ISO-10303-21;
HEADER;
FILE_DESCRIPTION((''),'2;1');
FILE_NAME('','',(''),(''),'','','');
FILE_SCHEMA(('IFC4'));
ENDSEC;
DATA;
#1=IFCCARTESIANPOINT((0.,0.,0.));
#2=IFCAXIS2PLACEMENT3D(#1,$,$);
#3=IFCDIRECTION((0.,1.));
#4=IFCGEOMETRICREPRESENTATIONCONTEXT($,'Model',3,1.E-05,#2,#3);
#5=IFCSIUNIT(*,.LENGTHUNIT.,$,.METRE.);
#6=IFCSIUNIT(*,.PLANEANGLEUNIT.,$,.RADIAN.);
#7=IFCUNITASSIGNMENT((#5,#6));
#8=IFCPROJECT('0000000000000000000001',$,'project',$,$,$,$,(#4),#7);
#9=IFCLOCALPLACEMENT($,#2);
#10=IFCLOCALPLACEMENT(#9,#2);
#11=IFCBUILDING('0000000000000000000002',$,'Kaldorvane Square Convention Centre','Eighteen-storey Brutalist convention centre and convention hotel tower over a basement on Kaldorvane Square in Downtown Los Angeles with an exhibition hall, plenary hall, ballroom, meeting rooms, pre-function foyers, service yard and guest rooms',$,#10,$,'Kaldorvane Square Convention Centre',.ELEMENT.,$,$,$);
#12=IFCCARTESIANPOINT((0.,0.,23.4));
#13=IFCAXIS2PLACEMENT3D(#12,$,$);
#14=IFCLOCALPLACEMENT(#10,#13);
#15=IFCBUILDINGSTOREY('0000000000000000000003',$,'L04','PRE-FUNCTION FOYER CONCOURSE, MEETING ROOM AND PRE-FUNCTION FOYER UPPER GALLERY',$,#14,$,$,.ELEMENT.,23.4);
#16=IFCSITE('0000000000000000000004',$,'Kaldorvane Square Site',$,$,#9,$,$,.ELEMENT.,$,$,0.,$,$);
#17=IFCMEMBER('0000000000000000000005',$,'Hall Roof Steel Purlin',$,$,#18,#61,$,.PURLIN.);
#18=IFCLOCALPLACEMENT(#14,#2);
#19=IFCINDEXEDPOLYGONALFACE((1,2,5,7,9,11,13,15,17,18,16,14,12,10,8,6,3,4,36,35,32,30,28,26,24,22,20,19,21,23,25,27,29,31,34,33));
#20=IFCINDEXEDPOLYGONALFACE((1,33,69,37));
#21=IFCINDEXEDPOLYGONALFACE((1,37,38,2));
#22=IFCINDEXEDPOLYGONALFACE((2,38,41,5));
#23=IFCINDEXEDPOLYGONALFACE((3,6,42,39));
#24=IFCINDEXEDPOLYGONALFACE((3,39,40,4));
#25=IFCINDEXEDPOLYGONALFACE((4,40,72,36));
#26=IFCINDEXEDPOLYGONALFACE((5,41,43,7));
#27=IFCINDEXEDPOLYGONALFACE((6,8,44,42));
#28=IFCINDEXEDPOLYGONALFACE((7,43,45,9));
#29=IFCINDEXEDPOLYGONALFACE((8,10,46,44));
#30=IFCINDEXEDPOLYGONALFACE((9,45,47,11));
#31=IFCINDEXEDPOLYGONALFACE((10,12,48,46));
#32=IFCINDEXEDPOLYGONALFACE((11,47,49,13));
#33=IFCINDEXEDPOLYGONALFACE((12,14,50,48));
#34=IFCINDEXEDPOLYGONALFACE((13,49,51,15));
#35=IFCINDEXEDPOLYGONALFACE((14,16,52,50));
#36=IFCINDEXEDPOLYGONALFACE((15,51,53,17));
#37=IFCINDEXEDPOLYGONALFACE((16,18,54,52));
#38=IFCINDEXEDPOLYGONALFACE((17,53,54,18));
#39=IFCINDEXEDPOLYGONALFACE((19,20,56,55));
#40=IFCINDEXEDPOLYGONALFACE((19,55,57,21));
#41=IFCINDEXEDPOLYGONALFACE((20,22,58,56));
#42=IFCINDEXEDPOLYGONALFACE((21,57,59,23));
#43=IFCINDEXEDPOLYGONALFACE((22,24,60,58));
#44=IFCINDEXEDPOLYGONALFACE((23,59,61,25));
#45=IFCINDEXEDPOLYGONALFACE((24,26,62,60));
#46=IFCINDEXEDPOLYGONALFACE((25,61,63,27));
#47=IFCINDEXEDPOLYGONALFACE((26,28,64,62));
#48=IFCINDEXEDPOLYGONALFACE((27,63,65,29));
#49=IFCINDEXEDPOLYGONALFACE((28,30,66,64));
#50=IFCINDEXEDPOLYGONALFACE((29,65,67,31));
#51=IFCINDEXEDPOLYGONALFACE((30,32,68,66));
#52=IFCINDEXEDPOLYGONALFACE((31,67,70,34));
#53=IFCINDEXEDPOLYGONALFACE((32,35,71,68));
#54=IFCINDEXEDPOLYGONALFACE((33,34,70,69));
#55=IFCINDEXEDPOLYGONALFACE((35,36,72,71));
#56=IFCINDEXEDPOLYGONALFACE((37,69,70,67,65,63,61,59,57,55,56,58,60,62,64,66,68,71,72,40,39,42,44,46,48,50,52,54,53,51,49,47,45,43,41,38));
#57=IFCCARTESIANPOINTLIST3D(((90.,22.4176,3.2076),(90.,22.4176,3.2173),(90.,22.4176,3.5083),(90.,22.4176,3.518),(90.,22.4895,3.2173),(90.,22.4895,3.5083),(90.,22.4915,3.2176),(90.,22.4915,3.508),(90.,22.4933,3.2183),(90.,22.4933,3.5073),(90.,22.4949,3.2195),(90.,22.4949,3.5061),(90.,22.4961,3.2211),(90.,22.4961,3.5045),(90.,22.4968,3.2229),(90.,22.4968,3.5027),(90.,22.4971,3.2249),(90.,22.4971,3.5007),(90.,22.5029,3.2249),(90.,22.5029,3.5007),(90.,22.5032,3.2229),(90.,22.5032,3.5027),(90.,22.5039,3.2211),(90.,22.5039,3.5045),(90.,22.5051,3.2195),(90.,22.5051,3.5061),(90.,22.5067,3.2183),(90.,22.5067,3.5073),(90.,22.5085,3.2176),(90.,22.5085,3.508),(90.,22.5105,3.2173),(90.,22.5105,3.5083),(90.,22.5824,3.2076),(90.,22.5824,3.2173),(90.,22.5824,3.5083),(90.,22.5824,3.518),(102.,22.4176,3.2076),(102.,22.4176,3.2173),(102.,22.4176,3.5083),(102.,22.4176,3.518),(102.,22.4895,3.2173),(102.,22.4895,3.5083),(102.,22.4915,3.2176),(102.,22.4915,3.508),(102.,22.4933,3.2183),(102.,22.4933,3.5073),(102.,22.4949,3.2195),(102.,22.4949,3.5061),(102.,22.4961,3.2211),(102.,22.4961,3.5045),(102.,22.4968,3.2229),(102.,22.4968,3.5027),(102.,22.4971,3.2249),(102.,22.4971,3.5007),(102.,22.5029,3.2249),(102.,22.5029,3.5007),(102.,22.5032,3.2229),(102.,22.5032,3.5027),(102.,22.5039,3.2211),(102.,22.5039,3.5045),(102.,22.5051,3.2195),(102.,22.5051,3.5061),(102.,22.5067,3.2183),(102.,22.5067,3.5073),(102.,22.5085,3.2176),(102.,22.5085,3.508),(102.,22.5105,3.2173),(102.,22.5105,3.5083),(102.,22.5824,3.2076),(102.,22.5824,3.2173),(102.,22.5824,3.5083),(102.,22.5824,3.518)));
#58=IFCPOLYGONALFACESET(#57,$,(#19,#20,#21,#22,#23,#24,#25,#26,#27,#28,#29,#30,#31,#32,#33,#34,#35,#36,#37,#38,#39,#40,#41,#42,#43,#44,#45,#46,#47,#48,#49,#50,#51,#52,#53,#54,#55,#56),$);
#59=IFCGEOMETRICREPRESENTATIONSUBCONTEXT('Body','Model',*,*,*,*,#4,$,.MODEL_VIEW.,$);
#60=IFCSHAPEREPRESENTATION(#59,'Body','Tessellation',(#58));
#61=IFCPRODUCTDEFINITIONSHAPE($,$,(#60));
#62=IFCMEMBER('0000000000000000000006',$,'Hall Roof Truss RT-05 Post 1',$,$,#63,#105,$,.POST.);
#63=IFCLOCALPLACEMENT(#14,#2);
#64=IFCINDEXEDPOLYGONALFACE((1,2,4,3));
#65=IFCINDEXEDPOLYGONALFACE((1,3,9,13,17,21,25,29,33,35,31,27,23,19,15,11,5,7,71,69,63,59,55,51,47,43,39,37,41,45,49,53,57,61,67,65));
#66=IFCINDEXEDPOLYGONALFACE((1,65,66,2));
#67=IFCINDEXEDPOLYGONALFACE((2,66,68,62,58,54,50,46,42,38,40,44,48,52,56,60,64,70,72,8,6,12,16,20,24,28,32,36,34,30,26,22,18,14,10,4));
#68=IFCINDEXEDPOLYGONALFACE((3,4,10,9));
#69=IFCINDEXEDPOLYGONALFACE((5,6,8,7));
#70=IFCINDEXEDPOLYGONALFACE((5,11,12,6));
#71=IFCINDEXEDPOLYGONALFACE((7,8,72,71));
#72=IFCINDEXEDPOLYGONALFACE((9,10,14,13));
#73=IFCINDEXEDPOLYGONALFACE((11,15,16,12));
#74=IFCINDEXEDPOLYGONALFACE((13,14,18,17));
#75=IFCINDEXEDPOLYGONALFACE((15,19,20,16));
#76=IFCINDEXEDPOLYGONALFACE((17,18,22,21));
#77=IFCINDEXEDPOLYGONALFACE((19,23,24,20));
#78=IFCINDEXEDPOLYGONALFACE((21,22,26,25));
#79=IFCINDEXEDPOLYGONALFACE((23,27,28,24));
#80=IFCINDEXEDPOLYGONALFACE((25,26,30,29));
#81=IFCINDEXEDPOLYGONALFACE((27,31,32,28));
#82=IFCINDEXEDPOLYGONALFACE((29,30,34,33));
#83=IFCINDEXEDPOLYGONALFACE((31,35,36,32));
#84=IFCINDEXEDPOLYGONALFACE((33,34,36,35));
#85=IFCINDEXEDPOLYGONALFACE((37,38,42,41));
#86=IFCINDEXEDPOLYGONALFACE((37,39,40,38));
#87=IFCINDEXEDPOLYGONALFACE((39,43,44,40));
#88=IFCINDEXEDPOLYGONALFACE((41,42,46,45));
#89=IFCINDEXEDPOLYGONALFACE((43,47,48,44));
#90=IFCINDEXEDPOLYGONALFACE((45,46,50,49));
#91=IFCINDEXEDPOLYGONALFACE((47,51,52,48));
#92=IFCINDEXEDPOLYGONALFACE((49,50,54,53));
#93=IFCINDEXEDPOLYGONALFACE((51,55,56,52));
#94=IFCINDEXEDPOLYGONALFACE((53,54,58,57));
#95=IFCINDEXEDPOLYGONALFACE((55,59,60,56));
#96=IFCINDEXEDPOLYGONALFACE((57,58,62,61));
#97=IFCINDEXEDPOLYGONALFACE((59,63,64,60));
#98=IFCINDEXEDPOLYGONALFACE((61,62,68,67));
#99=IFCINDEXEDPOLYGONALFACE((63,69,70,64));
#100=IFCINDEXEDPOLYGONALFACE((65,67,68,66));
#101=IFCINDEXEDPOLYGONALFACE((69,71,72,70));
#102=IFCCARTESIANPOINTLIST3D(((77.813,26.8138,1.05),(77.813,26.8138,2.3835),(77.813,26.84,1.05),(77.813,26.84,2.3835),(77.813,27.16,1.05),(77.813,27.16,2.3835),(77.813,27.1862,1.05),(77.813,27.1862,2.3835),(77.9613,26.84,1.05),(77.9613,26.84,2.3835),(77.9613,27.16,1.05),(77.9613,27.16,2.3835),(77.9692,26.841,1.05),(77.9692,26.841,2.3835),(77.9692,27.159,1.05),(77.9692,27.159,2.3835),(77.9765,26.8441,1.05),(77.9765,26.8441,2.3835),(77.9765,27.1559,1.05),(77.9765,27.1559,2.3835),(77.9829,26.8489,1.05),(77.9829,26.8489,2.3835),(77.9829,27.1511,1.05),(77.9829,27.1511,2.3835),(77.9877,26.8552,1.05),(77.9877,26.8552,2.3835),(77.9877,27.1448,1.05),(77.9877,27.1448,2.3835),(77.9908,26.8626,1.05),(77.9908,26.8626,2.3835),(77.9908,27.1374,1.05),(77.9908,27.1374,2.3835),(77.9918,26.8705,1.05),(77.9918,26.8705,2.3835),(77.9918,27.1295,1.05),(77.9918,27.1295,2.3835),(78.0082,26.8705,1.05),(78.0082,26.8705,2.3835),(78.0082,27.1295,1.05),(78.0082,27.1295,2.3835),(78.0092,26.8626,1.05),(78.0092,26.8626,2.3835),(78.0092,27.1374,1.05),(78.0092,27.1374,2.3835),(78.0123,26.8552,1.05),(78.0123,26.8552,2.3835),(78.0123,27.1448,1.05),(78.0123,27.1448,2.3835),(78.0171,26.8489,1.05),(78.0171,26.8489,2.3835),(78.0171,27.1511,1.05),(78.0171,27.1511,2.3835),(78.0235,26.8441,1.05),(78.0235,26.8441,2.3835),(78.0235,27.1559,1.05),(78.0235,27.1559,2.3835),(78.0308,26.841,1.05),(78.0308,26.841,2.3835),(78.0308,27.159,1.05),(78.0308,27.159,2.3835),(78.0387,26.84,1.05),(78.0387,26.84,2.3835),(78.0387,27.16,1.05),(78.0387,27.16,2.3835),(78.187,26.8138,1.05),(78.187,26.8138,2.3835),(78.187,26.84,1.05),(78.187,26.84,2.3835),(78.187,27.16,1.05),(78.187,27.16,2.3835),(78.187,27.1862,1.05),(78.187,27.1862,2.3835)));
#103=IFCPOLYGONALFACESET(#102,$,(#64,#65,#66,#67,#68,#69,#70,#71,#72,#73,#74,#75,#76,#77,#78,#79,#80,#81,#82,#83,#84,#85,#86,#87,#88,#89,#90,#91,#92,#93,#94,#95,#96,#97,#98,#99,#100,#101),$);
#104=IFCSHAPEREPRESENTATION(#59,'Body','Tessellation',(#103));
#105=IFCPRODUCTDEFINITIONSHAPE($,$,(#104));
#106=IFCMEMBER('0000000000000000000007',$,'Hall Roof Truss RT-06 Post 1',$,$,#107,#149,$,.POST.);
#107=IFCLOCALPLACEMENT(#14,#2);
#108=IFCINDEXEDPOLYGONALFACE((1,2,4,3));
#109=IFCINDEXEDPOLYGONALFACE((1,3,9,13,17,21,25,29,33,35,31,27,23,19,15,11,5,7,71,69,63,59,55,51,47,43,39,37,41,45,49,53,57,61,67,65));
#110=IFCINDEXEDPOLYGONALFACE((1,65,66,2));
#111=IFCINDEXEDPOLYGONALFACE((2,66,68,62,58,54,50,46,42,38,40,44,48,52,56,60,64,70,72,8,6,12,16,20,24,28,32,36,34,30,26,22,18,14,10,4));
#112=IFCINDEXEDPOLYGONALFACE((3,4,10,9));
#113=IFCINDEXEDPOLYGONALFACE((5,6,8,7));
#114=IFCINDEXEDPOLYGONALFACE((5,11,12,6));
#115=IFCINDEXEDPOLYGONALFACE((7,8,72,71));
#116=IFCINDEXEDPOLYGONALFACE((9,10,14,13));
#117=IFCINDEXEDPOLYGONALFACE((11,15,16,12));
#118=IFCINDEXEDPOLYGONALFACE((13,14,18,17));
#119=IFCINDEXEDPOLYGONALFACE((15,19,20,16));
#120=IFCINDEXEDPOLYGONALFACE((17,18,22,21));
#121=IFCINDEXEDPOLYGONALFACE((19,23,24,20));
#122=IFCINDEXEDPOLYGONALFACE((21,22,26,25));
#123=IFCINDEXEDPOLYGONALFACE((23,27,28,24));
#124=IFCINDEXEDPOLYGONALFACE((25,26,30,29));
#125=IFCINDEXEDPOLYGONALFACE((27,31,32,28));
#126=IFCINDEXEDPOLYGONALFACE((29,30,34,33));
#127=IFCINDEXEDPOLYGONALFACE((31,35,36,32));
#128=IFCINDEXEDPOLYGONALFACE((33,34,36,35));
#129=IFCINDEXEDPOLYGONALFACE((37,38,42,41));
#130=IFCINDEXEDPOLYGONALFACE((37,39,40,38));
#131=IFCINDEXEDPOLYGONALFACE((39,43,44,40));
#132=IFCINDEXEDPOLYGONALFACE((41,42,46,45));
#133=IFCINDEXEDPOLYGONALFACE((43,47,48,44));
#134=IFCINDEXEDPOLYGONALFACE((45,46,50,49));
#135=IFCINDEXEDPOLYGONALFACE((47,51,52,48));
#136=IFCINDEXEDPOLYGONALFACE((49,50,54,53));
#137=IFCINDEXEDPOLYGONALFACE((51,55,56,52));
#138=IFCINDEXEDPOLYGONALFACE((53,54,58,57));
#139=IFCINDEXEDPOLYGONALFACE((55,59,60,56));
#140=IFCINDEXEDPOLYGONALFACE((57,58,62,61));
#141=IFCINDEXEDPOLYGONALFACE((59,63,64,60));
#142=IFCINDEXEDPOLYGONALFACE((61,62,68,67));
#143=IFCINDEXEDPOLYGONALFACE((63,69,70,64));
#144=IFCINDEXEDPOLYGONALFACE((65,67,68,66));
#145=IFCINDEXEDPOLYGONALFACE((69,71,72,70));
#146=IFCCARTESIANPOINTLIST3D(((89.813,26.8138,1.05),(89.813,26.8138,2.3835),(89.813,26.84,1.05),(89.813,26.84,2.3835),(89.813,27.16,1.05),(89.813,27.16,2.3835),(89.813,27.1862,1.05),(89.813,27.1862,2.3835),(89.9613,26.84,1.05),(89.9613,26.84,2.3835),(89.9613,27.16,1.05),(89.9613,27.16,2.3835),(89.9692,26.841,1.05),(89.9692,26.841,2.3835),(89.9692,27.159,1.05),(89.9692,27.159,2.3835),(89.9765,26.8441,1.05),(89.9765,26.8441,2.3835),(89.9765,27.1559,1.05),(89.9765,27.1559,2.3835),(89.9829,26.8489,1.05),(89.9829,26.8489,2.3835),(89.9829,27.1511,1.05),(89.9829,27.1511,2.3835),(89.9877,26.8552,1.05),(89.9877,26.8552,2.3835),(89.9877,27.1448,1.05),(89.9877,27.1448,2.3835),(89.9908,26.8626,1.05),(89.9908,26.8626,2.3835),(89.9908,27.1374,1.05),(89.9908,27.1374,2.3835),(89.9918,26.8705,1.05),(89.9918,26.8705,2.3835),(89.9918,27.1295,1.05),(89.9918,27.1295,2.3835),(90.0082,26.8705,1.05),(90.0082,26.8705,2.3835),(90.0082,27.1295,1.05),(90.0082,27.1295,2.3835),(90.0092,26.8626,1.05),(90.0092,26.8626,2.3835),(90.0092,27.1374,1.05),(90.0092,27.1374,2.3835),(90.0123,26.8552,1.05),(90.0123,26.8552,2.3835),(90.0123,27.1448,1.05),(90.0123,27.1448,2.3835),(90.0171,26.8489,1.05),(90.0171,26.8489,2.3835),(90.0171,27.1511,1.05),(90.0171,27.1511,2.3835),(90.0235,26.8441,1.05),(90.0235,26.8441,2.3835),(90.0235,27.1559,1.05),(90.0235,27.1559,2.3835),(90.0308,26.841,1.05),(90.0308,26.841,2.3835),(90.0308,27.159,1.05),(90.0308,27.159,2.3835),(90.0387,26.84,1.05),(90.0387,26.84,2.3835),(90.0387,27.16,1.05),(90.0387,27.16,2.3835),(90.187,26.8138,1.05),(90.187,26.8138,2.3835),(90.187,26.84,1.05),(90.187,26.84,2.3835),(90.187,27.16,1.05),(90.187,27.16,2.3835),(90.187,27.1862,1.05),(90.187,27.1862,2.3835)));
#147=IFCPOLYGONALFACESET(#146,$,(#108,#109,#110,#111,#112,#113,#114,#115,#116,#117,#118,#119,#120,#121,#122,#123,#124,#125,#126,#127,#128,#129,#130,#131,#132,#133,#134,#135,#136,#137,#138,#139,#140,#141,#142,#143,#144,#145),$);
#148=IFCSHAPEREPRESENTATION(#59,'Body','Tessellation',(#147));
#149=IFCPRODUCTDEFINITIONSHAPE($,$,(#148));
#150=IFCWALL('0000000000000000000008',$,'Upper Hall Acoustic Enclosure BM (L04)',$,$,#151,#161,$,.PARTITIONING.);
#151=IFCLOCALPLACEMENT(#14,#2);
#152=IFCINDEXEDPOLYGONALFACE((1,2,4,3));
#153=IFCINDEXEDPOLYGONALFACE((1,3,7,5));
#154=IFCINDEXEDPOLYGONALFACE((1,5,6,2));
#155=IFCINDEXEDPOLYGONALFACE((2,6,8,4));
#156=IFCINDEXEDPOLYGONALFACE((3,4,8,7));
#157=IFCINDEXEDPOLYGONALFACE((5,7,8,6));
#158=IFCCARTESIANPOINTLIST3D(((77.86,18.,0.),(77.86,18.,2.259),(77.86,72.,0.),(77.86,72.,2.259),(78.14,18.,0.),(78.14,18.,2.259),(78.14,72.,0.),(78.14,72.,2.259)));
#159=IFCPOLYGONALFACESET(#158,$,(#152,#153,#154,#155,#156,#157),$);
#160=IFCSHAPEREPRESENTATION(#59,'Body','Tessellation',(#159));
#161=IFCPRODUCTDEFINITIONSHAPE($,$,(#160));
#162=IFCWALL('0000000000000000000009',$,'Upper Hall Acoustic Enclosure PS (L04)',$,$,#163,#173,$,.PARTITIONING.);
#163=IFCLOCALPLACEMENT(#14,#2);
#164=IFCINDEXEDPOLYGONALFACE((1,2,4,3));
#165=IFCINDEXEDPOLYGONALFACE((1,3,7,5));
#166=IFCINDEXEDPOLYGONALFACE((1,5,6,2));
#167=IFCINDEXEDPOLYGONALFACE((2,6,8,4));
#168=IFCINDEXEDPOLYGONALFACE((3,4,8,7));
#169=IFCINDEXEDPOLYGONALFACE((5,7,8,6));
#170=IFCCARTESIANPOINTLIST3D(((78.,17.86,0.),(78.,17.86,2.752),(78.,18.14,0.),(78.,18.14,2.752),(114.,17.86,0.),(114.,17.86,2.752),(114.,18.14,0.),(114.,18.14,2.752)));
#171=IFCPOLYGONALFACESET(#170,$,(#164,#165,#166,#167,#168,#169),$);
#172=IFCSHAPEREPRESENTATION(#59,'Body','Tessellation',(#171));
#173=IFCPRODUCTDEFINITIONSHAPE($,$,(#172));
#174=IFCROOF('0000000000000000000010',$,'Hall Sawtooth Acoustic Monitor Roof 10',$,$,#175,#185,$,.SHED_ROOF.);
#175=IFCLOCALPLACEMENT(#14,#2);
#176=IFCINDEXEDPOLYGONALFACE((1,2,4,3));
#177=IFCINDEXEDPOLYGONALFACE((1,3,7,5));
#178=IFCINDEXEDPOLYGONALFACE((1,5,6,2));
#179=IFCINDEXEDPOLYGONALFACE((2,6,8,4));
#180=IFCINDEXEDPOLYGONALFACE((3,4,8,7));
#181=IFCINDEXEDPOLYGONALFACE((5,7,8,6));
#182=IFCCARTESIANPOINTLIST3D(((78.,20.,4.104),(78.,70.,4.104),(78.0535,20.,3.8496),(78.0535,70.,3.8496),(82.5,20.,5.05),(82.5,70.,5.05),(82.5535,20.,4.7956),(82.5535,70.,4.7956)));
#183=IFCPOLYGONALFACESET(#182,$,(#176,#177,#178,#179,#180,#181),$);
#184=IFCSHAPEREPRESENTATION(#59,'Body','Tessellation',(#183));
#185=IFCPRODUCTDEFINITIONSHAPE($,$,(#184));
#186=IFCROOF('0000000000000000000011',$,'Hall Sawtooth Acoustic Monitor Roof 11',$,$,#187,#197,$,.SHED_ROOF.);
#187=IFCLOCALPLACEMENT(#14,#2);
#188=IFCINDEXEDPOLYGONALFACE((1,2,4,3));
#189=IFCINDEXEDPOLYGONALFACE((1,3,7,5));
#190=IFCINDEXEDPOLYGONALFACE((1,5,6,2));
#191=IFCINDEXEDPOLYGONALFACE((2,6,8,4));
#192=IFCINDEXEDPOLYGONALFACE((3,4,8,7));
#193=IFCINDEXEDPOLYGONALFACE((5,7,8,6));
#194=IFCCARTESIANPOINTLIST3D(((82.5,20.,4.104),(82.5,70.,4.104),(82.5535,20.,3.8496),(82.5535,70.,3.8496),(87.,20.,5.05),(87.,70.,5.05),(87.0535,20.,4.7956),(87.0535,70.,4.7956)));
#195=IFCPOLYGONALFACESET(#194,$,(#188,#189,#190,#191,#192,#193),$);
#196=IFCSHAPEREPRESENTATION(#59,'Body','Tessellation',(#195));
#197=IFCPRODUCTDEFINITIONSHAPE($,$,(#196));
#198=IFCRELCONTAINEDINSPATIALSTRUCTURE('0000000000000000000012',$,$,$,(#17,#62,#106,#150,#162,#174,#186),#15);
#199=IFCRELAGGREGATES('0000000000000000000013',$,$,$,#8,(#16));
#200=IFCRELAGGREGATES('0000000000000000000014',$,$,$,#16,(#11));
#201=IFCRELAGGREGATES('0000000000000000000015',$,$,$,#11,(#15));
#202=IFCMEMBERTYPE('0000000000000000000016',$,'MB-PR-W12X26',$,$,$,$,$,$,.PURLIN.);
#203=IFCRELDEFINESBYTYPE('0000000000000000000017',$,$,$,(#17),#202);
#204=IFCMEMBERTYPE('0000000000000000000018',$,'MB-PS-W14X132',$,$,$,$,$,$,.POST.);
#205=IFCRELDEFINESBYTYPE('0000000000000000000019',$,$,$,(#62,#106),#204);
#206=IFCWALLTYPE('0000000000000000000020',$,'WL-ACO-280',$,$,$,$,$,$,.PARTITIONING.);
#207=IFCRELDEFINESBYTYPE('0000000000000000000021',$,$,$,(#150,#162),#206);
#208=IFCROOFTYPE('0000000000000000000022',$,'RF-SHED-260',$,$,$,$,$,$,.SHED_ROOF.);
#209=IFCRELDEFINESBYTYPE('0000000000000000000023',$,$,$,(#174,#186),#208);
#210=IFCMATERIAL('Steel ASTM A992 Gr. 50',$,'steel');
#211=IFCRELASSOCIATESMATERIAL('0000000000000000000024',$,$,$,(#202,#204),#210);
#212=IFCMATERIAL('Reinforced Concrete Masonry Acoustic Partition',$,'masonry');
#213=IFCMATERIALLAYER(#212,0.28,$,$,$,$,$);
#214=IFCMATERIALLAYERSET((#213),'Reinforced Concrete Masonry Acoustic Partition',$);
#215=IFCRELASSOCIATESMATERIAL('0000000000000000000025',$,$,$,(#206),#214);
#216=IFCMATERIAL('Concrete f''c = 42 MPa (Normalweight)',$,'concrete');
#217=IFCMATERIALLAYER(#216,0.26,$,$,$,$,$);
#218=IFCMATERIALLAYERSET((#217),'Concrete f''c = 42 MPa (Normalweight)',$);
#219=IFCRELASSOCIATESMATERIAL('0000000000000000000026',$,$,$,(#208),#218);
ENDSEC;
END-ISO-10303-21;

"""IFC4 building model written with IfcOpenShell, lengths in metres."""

from ifc_helpers import new_model, si_unit, direction, frame, frame_2d, origin, origin_2d, place, context, subcontext, project, spatial, polyline, rectangle, i_section, outline, extrude, material, layer, layer_set, material_profile, profile_set, type_object, element, save


model = new_model("IFC4")

# Units and contexts
model_context = context("Model", 3, precision=1e-05, world=origin(), true_north=direction((0.0, 1.0)))
body_context = subcontext(model_context, "Body", "Model", "MODEL_VIEW")
ifc_project = project(units=[si_unit("LENGTHUNIT", "METRE"), si_unit("PLANEANGLEUNIT", "RADIAN")], contexts=[model_context])

# Site, building, storey
site_placement = place(None, origin())
site = spatial("IfcSite", under=ifc_project, at=site_placement, Name="Kaldorvane Square Site", CompositionType="ELEMENT", RefElevation=0.0)
building_placement = place(site_placement, origin())
building = spatial("IfcBuilding", under=site, at=building_placement, Name="Kaldorvane Square Convention Centre", Description="Eighteen-storey Brutalist convention centre and convention hotel tower over a basement on Kaldorvane Square in Downtown Los Angeles with an exhibition hall, plenary hall, ballroom, meeting rooms, pre-function foyers, service yard and guest rooms", LongName="Kaldorvane Square Convention Centre", CompositionType="ELEMENT")
storey_placement = place(building_placement, frame((0.0, 0.0, 23.4)))
storey = spatial("IfcBuildingStorey", under=building, at=storey_placement, Name="L04", Description="PRE-FUNCTION FOYER CONCOURSE, MEETING ROOM AND PRE-FUNCTION FOYER UPPER GALLERY", CompositionType="ELEMENT", Elevation=23.4)

# Shared definitions
ifc_material_1 = material(Name="Steel ASTM A992 Gr. 50", Category="steel")

# Members
ifc_material_profile_1 = material_profile(ifc_material_1, i_section(OverallWidth=0.1648, OverallDepth=0.3104, WebThickness=0.0058, FlangeThickness=0.0097, FilletRadius=0.0076, at=origin_2d()), Name="W12X26")
ifc_profile_set_1 = profile_set([ifc_material_profile_1], Name="Steel ASTM A992 Gr. 50")
member_type_1 = type_object("IfcMemberType", Name="MB-PR-W12X26", PredefinedType="PURLIN", material=ifc_profile_set_1)
for number, where, z_axis, x_axis, name in (
    (1, (90.0, 22.5, 3.3628), (1.0, 0.0, 0.0), (0.0, 1.0, 0.0), "Hall Roof Steel Purlin"),
):
    element("IfcMember", number, at=place(storey_placement, frame(where, z_axis=z_axis, x_axis=x_axis)), inside=storey, type_object=member_type_1, Name=name, PredefinedType="PURLIN", context=body_context, shape_type="SweptSolid", body=[
        extrude(i_section(OverallWidth=0.1648, OverallDepth=0.3104, WebThickness=0.0058, FlangeThickness=0.0097, FilletRadius=0.0076, at=origin_2d()), origin(), (0.0, 0.0, 1.0), 12.0),
    ])
ifc_material_profile_2 = material_profile(ifc_material_1, i_section(OverallWidth=0.374, OverallDepth=0.3724, WebThickness=0.0164, FlangeThickness=0.0262, FilletRadius=0.0305, at=origin_2d()), Name="W14X132")
ifc_profile_set_2 = profile_set([ifc_material_profile_2], Name="Steel ASTM A992 Gr. 50")
member_type_2 = type_object("IfcMemberType", Name="MB-PS-W14X132", PredefinedType="POST", material=ifc_profile_set_2)
for number, where, z_axis, x_axis, name in (
    (2, (78.0, 27.0, 1.05), (0.0, 0.0, 1.0), (1.0, 0.0, 0.0), "Hall Roof Truss RT-05 Post 1"),
    (3, (90.0, 27.0, 1.05), (0.0, 0.0, 1.0), (1.0, 0.0, 0.0), "Hall Roof Truss RT-06 Post 1"),
):
    element("IfcMember", number, at=place(storey_placement, frame(where, z_axis=z_axis, x_axis=x_axis)), inside=storey, type_object=member_type_2, Name=name, PredefinedType="POST", context=body_context, shape_type="SweptSolid", body=[
        extrude(i_section(OverallWidth=0.374, OverallDepth=0.3724, WebThickness=0.0164, FlangeThickness=0.0262, FilletRadius=0.0305, at=origin_2d()), origin(), (0.0, 0.0, 1.0), 1.3335),
    ])

# Walls
ifc_material_2 = material(Name="Reinforced Concrete Masonry Acoustic Partition", Category="masonry")
ifc_layer_1 = layer(ifc_material_2, 0.28)
ifc_layer_set_1 = layer_set([ifc_layer_1], Name="Reinforced Concrete Masonry Acoustic Partition")
wall_type = type_object("IfcWallType", Name="WL-ACO-280", PredefinedType="PARTITIONING", material=ifc_layer_set_1)
wall_1_placement = place(storey_placement, frame((78.0, 18.0, 0.0), z_axis=(0.0, 0.0, 1.0), x_axis=(0.0, 1.0, 0.0)))
element("IfcWall", 4, at=wall_1_placement, inside=storey, type_object=wall_type, Name="Upper Hall Acoustic Enclosure BM (L04)", PredefinedType="PARTITIONING", context=body_context, shape_type="SweptSolid", body=[
    extrude(rectangle(XDim=54.0, YDim=0.28, at=frame_2d((27.0, 0.0))), origin(), (0.0, 0.0, 1.0), 2.259),
])
wall_2_placement = place(storey_placement, frame((78.0, 18.0, 0.0), z_axis=(0.0, 0.0, 1.0), x_axis=(1.0, 0.0, 0.0)))
element("IfcWall", 5, at=wall_2_placement, inside=storey, type_object=wall_type, Name="Upper Hall Acoustic Enclosure PS (L04)", PredefinedType="PARTITIONING", context=body_context, shape_type="SweptSolid", body=[
    extrude(rectangle(XDim=36.0, YDim=0.28, at=frame_2d((18.0, 0.0))), origin(), (0.0, 0.0, 1.0), 2.752),
])

# Roofs
ifc_material_3 = material(Name="Concrete f'c = 42 MPa (Normalweight)", Category="concrete")
ifc_layer_2 = layer(ifc_material_3, 0.26)
ifc_layer_set_2 = layer_set([ifc_layer_2], Name="Concrete f'c = 42 MPa (Normalweight)")
roof_type = type_object("IfcRoofType", Name="RF-SHED-260", PredefinedType="SHED_ROOF", material=ifc_layer_set_2)
for number, where, z_axis, x_axis, name in (
    (6, (78.0, 20.0, 4.104), (-0.205725, 0.0, 0.97861), (0.97861, 0.0, 0.205725), "Hall Sawtooth Acoustic Monitor Roof 10"),
    (7, (82.5, 20.0, 4.104), (-0.205725, 0.0, 0.97861), (0.97861, 0.0, 0.205725), "Hall Sawtooth Acoustic Monitor Roof 11"),
):
    element("IfcRoof", number, at=place(storey_placement, frame(where, z_axis=z_axis, x_axis=x_axis)), inside=storey, type_object=roof_type, Name=name, PredefinedType="SHED_ROOF", context=body_context, shape_type="SweptSolid", body=[
        extrude(outline(polyline([(0.0, 0.0), (4.5984, 0.0), (4.5984, 50.0), (0.0, 50.0), (0.0, 0.0)])), origin(), (0.0, 0.0, -1.0), 0.26),
    ])

save(model, "model.ifc")
